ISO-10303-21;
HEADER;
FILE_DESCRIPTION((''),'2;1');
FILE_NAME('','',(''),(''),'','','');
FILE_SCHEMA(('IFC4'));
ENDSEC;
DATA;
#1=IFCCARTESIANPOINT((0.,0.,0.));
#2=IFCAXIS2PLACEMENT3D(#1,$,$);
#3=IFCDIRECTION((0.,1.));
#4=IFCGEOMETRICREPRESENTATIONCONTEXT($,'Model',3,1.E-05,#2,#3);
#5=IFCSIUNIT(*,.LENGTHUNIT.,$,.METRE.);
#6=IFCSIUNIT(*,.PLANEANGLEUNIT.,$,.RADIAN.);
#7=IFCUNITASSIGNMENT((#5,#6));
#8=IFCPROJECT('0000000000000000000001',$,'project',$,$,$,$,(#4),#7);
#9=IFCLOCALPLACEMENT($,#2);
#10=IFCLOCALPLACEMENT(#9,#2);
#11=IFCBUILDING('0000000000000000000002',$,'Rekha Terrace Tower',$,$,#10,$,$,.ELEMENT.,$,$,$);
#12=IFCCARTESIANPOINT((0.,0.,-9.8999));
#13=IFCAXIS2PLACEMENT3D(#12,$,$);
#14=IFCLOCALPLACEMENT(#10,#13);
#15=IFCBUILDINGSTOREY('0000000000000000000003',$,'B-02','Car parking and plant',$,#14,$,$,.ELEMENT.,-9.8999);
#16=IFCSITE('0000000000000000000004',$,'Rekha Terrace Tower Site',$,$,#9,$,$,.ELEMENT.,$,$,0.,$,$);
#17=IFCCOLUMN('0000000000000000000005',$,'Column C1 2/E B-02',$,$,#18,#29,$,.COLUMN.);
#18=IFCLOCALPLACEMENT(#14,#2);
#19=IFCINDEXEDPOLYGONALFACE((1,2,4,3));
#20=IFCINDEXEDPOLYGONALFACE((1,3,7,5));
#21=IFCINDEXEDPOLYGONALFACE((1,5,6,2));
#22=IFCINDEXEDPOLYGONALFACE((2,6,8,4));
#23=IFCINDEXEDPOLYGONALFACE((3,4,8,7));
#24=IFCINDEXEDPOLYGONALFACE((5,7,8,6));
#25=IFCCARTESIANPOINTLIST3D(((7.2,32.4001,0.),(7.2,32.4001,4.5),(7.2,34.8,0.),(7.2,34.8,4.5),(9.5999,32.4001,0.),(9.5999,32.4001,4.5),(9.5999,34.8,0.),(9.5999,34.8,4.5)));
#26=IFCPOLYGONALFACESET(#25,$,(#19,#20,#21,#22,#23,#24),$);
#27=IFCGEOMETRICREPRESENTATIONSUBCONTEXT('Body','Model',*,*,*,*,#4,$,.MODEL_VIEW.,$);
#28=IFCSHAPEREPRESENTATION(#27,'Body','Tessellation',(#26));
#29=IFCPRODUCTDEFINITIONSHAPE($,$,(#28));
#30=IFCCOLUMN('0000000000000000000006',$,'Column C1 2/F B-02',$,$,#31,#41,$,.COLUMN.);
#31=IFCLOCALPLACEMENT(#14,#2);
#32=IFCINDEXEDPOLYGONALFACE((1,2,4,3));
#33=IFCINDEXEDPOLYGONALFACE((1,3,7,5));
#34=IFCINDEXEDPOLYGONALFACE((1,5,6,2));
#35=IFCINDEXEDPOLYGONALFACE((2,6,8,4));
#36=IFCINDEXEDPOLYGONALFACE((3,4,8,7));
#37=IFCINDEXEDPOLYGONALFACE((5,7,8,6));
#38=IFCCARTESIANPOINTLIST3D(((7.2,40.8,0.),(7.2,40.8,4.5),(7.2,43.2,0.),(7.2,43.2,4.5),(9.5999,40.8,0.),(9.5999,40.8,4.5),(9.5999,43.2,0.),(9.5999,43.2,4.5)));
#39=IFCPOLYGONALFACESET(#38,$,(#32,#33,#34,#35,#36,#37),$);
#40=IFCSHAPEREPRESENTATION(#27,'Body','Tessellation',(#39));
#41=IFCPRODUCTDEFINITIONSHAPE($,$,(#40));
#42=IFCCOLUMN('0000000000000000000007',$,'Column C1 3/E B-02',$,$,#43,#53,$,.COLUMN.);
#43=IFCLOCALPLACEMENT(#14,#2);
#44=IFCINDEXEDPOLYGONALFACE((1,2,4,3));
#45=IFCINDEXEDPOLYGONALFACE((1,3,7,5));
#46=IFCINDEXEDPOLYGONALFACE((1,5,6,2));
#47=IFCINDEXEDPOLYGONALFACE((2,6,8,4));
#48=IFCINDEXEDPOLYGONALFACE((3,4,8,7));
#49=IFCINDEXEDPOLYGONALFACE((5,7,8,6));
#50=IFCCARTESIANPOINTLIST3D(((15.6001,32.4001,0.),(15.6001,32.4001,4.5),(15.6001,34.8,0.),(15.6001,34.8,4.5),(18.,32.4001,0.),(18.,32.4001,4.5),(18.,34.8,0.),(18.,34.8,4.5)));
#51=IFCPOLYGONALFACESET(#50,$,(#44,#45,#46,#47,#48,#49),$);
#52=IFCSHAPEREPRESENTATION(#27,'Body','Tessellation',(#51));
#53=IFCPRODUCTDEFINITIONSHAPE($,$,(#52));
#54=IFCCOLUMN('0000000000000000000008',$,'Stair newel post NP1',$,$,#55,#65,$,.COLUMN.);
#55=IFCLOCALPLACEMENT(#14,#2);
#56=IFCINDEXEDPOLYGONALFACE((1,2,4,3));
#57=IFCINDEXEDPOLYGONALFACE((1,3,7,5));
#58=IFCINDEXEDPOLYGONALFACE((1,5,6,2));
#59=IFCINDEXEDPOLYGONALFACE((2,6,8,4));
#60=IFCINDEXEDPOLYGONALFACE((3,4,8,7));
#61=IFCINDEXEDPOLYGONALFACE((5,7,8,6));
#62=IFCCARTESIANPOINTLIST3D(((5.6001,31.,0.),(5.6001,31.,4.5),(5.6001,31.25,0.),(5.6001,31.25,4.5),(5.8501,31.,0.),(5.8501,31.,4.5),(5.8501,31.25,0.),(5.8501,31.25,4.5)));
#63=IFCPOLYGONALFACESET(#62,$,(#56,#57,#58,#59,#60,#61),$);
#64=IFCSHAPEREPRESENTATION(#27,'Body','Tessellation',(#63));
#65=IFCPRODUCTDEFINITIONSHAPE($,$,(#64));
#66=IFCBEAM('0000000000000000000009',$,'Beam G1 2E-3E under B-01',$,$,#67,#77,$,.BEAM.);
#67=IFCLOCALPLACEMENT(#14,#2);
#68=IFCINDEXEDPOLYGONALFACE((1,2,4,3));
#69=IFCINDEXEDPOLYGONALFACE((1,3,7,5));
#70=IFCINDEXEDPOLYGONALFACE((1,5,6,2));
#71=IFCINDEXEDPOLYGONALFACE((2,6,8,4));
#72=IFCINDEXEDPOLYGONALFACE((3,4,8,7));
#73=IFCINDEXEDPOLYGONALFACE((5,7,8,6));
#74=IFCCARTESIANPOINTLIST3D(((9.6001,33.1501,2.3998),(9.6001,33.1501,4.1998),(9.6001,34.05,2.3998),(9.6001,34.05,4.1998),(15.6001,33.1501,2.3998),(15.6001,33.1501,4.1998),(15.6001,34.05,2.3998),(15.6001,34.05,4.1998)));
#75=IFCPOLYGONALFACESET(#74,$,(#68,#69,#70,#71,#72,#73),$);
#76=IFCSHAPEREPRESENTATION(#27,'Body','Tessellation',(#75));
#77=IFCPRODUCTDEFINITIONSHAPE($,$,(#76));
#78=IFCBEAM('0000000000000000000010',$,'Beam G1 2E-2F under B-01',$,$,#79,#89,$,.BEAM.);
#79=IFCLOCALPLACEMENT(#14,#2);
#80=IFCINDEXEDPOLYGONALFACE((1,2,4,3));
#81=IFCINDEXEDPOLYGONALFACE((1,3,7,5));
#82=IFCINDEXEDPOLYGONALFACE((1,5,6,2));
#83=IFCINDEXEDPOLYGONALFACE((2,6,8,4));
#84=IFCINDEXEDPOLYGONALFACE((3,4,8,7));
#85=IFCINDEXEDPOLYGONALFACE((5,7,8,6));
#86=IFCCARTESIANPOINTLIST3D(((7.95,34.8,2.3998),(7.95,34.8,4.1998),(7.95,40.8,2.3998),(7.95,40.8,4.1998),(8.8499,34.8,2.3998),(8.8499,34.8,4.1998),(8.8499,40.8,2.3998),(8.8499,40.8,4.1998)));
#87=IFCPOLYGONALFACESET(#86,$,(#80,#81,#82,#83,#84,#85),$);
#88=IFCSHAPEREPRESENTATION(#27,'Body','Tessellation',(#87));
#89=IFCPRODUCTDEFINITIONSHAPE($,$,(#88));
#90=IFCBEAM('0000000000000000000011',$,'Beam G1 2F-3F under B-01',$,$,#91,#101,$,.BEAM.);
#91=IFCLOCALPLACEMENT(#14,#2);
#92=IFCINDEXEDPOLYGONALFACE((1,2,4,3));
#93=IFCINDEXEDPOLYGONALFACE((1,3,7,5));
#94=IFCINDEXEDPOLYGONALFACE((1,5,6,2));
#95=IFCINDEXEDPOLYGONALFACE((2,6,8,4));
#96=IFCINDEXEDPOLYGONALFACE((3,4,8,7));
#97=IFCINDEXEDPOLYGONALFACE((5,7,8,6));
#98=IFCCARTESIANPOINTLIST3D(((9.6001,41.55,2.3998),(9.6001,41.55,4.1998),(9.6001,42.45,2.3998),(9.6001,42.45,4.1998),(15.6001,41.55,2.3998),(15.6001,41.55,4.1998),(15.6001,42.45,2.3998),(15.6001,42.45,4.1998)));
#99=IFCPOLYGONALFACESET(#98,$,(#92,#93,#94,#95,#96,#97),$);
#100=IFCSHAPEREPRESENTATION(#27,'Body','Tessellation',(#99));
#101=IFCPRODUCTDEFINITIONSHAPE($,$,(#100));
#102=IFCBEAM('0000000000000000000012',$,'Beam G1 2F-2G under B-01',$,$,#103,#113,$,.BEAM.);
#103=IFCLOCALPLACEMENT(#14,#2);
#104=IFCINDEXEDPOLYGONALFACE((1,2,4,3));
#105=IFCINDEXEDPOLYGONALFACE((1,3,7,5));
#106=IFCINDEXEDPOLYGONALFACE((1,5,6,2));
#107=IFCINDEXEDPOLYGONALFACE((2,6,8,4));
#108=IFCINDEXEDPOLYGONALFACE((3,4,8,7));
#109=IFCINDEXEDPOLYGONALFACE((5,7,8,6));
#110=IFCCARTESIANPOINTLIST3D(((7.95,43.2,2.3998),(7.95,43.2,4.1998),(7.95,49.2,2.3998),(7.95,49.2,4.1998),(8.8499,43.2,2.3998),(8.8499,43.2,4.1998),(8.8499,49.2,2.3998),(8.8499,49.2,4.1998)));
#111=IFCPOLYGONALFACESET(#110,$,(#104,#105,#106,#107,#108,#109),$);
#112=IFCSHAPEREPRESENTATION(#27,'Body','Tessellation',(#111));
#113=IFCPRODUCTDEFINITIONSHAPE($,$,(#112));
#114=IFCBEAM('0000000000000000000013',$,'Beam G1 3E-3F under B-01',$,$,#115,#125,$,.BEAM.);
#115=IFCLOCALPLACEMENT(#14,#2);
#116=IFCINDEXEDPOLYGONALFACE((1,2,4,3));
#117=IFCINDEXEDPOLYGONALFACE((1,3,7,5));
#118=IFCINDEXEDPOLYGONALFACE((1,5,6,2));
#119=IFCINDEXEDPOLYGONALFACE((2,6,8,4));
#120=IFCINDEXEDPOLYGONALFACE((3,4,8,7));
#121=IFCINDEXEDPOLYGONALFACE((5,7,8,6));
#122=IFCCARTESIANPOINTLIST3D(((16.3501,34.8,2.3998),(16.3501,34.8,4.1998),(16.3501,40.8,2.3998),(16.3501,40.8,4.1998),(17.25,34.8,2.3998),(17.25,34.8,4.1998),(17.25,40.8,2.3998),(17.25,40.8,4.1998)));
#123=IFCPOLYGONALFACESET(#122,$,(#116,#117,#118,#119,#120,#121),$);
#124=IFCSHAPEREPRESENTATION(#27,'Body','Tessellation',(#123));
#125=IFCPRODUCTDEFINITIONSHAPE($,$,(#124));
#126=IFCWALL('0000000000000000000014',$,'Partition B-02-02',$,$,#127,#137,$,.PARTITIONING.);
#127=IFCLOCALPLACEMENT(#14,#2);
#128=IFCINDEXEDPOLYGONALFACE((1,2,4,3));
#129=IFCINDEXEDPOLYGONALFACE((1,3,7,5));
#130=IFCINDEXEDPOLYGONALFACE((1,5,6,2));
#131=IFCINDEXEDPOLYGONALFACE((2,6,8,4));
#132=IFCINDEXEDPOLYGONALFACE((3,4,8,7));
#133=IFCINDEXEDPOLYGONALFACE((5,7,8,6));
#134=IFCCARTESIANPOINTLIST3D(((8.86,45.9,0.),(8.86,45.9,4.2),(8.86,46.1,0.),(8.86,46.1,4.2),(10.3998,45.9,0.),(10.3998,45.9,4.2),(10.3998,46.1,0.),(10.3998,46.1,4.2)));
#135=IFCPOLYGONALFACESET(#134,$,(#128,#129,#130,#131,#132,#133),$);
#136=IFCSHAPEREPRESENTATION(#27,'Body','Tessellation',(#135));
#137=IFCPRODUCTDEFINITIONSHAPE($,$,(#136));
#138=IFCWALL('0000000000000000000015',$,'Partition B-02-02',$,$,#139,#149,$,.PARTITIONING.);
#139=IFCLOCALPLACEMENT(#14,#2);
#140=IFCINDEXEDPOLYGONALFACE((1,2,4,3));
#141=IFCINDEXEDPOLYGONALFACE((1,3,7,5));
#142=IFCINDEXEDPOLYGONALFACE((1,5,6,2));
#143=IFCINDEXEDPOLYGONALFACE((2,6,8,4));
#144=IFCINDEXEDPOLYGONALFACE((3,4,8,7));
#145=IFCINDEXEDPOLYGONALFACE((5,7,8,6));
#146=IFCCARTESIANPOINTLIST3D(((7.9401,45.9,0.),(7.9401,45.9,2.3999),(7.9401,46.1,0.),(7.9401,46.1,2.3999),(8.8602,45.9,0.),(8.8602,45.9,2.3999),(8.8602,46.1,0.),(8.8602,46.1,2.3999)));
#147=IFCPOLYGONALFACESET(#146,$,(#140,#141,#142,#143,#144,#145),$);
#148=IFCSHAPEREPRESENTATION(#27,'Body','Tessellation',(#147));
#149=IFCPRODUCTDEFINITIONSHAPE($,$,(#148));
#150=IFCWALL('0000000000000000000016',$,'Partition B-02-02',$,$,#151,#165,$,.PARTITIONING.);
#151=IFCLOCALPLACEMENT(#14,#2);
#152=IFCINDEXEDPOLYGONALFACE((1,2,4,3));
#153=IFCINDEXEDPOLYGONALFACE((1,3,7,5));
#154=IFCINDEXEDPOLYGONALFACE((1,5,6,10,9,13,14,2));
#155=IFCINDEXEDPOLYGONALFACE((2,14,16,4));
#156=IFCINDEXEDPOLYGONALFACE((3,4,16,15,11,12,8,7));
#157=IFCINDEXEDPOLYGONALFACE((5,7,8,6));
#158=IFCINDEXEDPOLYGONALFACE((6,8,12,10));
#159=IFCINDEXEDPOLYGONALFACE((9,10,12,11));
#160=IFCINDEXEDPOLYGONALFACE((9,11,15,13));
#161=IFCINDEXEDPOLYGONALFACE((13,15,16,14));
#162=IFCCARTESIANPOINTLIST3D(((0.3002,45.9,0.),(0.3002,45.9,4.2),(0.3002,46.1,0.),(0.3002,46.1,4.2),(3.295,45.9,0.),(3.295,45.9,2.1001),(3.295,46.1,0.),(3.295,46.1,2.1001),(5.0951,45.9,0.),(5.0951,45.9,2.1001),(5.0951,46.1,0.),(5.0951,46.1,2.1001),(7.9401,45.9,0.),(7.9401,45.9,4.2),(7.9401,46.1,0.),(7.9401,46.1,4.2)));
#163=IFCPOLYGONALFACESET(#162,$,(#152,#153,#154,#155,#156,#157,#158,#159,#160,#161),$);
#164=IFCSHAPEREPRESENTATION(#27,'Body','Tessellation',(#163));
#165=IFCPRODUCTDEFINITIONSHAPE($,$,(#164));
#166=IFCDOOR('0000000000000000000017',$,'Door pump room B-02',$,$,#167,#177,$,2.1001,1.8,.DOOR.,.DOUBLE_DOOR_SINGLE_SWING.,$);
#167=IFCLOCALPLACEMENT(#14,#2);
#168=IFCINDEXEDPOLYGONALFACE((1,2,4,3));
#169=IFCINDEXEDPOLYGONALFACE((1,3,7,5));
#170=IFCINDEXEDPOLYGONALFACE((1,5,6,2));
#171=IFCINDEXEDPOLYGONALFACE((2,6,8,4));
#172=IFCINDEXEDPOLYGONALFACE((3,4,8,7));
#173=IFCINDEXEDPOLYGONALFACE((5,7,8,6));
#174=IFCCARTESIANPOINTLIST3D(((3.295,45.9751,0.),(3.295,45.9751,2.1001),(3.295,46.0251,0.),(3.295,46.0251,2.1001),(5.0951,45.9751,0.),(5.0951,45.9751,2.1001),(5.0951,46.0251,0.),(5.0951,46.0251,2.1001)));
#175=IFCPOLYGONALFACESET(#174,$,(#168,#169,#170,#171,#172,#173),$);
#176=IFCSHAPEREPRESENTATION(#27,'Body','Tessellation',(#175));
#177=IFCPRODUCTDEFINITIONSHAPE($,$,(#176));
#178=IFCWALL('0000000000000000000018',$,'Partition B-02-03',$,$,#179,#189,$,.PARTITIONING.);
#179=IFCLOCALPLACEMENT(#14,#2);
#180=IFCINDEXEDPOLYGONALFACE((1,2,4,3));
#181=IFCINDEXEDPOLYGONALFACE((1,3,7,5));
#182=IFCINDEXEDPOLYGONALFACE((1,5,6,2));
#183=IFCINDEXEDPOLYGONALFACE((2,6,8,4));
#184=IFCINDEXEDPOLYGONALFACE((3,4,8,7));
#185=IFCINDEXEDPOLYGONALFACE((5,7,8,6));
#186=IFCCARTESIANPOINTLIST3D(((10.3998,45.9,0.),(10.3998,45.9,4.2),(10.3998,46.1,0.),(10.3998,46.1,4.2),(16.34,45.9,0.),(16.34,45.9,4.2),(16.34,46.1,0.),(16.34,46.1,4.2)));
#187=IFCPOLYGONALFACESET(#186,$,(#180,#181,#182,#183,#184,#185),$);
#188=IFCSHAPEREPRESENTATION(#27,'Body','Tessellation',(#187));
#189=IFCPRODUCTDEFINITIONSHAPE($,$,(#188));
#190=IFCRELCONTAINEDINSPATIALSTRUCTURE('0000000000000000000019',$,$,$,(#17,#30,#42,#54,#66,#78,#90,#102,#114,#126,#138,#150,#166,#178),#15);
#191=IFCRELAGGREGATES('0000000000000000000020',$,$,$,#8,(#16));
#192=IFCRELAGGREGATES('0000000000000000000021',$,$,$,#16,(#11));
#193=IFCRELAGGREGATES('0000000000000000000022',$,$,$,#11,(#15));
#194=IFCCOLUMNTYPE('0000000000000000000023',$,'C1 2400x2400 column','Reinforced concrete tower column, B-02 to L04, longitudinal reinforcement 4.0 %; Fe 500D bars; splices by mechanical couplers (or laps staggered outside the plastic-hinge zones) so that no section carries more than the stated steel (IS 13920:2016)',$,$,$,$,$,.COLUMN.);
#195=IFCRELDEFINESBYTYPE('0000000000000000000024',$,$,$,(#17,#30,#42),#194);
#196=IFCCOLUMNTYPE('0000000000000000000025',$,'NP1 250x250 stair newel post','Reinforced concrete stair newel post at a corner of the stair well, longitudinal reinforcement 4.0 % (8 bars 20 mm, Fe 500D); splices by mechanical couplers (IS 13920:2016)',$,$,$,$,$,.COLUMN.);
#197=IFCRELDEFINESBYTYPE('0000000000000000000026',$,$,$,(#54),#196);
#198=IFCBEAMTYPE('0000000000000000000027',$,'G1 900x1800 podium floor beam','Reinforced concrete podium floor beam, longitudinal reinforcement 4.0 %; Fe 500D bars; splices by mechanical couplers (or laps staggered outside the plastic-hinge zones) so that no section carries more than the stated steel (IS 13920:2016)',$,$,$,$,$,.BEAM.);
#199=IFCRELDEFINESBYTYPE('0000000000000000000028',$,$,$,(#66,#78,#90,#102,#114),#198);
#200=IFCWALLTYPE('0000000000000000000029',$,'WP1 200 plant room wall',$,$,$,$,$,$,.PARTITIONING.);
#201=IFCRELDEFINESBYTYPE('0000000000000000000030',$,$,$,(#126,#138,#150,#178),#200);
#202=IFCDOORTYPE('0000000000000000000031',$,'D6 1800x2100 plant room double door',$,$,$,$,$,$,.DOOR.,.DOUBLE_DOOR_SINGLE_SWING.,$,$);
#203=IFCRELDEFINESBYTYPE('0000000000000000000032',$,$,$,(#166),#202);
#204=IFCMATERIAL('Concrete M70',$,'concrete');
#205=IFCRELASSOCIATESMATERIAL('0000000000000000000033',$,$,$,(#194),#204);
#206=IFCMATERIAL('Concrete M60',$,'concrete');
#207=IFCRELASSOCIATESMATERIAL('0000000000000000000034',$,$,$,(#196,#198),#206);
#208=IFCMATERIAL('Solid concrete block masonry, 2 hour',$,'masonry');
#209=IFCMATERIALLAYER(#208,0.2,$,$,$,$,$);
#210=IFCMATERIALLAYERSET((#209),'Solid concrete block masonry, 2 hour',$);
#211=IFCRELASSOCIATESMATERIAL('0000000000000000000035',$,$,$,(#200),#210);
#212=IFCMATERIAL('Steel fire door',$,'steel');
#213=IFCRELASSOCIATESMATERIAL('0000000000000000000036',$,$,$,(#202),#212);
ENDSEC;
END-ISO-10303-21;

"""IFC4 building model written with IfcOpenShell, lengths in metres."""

from ifc_helpers import new_model, si_unit, direction, frame, frame_2d, origin, origin_2d, place, context, subcontext, project, spatial, rectangle, extrude, material, layer, layer_set, material_profile, profile_set, type_object, element, fill, save


model = new_model("IFC4")

# Units and contexts
model_context = context("Model", 3, precision=1e-05, world=origin(), true_north=direction((0.0, 1.0)))
body_context = subcontext(model_context, "Body", "Model", "MODEL_VIEW")
ifc_project = project(units=[si_unit("LENGTHUNIT", "METRE"), si_unit("PLANEANGLEUNIT", "RADIAN")], contexts=[model_context])

# Site, building, storey
site_placement = place(None, origin())
site = spatial("IfcSite", under=ifc_project, at=site_placement, Name="Rekha Terrace Tower Site", CompositionType="ELEMENT", RefElevation=0.0)
building_placement = place(site_placement, origin())
building = spatial("IfcBuilding", under=site, at=building_placement, Name="Rekha Terrace Tower", CompositionType="ELEMENT")
storey_placement = place(building_placement, frame((0.0, 0.0, -9.8999)))
storey = spatial("IfcBuildingStorey", under=building, at=storey_placement, Name="B-02", Description="Car parking and plant", CompositionType="ELEMENT", Elevation=-9.8999)

# Columns
ifc_material_1 = material(Name="Concrete M70", Category="concrete")
ifc_material_profile_1 = material_profile(ifc_material_1, rectangle(XDim=2.3999, YDim=2.3999, at=origin_2d()), Name="RC 2400x2400")
ifc_profile_set_1 = profile_set([ifc_material_profile_1], Name="Concrete M70")
column_type_1 = type_object("IfcColumnType", Name="C1 2400x2400 column", Description="Reinforced concrete tower column, B-02 to L04, longitudinal reinforcement 4.0 %; Fe 500D bars; splices by mechanical couplers (or laps staggered outside the plastic-hinge zones) so that no section carries more than the stated steel (IS 13920:2016)", PredefinedType="COLUMN", material=ifc_profile_set_1)
for number, where, z_axis, x_axis, name in (
    (1, (8.3999, 33.6001, 0.0), (0.0, 0.0, 1.0), (1.0, 0.0, 0.0), "Column C1 2/E B-02"),
    (2, (8.3999, 42.0, 0.0), (0.0, 0.0, 1.0), (1.0, 0.0, 0.0), "Column C1 2/F B-02"),
    (3, (16.8, 33.6001, 0.0), (0.0, 0.0, 1.0), (1.0, 0.0, 0.0), "Column C1 3/E B-02"),
):
    element("IfcColumn", number, at=place(storey_placement, frame(where, z_axis=z_axis, x_axis=x_axis)), inside=storey, type_object=column_type_1, Name=name, PredefinedType="COLUMN", context=body_context, shape_type="SweptSolid", body=[
        extrude(rectangle(XDim=2.3999, YDim=2.3999, at=origin_2d()), origin(), (0.0, 0.0, 1.0), 4.5),
    ])
ifc_material_2 = material(Name="Concrete M60", Category="concrete")
ifc_material_profile_2 = material_profile(ifc_material_2, rectangle(XDim=0.25, YDim=0.25, at=origin_2d()), Name="RC 250x250")
ifc_profile_set_2 = profile_set([ifc_material_profile_2], Name="Concrete M60")
column_type_2 = type_object("IfcColumnType", Name="NP1 250x250 stair newel post", Description="Reinforced concrete stair newel post at a corner of the stair well, longitudinal reinforcement 4.0 % (8 bars 20 mm, Fe 500D); splices by mechanical couplers (IS 13920:2016)", PredefinedType="COLUMN", material=ifc_profile_set_2)
column_placement = place(storey_placement, frame((5.7251, 31.125, 0.0), z_axis=(0.0, 0.0, 1.0), x_axis=(1.0, 0.0, 0.0)))
element("IfcColumn", 4, at=column_placement, inside=storey, type_object=column_type_2, Name="Stair newel post NP1", PredefinedType="COLUMN", context=body_context, shape_type="SweptSolid", body=[
    extrude(rectangle(XDim=0.25, YDim=0.25, at=origin_2d()), origin(), (0.0, 0.0, 1.0), 4.5),
])

# Beams
ifc_material_profile_3 = material_profile(ifc_material_2, rectangle(XDim=0.8999, YDim=1.8, at=origin_2d()), Name="RC 900x1800")
ifc_profile_set_3 = profile_set([ifc_material_profile_3], Name="Concrete M60")
beam_type = type_object("IfcBeamType", Name="G1 900x1800 podium floor beam", Description="Reinforced concrete podium floor beam, longitudinal reinforcement 4.0 %; Fe 500D bars; splices by mechanical couplers (or laps staggered outside the plastic-hinge zones) so that no section carries more than the stated steel (IS 13920:2016)", PredefinedType="BEAM", material=ifc_profile_set_3)
for number, where, z_axis, x_axis, name in (
    (5, (9.6001, 33.6001, 3.2998), (1.0, 0.0, 0.0), (0.0, 1.0, 0.0), "Beam G1 2E-3E under B-01"),
    (6, (8.3999, 34.8, 3.2998), (0.0, 1.0, 0.0), (-1.0, 0.0, 0.0), "Beam G1 2E-2F under B-01"),
    (7, (9.6001, 42.0, 3.2998), (1.0, 0.0, 0.0), (0.0, 1.0, 0.0), "Beam G1 2F-3F under B-01"),
    (8, (8.3999, 43.2, 3.2998), (0.0, 1.0, 0.0), (-1.0, 0.0, 0.0), "Beam G1 2F-2G under B-01"),
    (9, (16.8, 34.8, 3.2998), (0.0, 1.0, 0.0), (-1.0, 0.0, 0.0), "Beam G1 3E-3F under B-01"),
):
    element("IfcBeam", number, at=place(storey_placement, frame(where, z_axis=z_axis, x_axis=x_axis)), inside=storey, type_object=beam_type, Name=name, PredefinedType="BEAM", context=body_context, shape_type="SweptSolid", body=[
        extrude(rectangle(XDim=0.8999, YDim=1.8, at=origin_2d()), origin(), (0.0, 0.0, 1.0), 6.0),
    ])

# Walls
ifc_material_3 = material(Name="Solid concrete block masonry, 2 hour", Category="masonry")
ifc_layer_1 = layer(ifc_material_3, 0.2)
ifc_layer_set_1 = layer_set([ifc_layer_1], Name="Solid concrete block masonry, 2 hour")
wall_type_1 = type_object("IfcWallType", Name="WP1 200 plant room wall", PredefinedType="PARTITIONING", material=ifc_layer_set_1)
wall_1_placement = place(storey_placement, frame((10.3999, 46.0, 0.0), z_axis=(0.0, 0.0, 1.0), x_axis=(-1.0, 0.0, 0.0)))
element("IfcWall", 10, at=wall_1_placement, inside=storey, type_object=wall_type_1, Name="Partition B-02-02", PredefinedType="PARTITIONING", context=body_context, shape_type="SweptSolid", body=[
    extrude(rectangle(XDim=1.5398, YDim=0.2, at=frame_2d((0.77, 0.0))), origin(), (0.0, 0.0, 1.0), 4.2),
])
wall_2_placement = place(storey_placement, frame((8.8601, 46.0, 0.0), z_axis=(0.0, 0.0, 1.0), x_axis=(-1.0, 0.0, 0.0)))
element("IfcWall", 11, at=wall_2_placement, inside=storey, type_object=wall_type_1, Name="Partition B-02-02", PredefinedType="PARTITIONING", context=body_context, shape_type="SweptSolid", body=[
    extrude(rectangle(XDim=0.9202, YDim=0.2, at=frame_2d((0.46, 0.0))), origin(), (0.0, 0.0, 1.0), 2.3999),
])

# Wall, opening, door
wall_3_placement = place(storey_placement, frame((7.9399, 46.0, 0.0), z_axis=(0.0, 0.0, 1.0), x_axis=(-1.0, 0.0, 0.0)))
wall_3 = element("IfcWall", 12, at=wall_3_placement, inside=storey, type_object=wall_type_1, Name="Partition B-02-02", PredefinedType="PARTITIONING", context=body_context, shape_type="SweptSolid", body=[
    extrude(rectangle(XDim=7.6399, YDim=0.2, at=frame_2d((3.8198, 0.0))), origin(), (0.0, 0.0, 1.0), 4.2),
])
opening_1_placement = place(wall_3_placement, frame((2.845, 0.0, 0.0)))
opening_1 = element("IfcOpeningElement", 13, at=opening_1_placement, cuts=wall_3, PredefinedType="OPENING", context=body_context, shape_type="SweptSolid", body=[
    extrude(rectangle(XDim=1.8, YDim=2.1001, at=frame_2d((0.8999, 1.05))), frame((0.0, 0.1099, 0.0), z_axis=(0.0, -1.0, 0.0), x_axis=(1.0, 0.0, 0.0)), (0.0, 0.0, 1.0), 0.22),
])
ifc_material_4 = material(Name="Steel fire door", Category="steel")
door_type_1 = type_object("IfcDoorType", Name="D6 1800x2100 plant room double door", OperationType="DOUBLE_DOOR_SINGLE_SWING", PredefinedType="DOOR", material=ifc_material_4)
door_1_placement = place(opening_1_placement, origin())
door_1 = element("IfcDoor", 14, at=door_1_placement, inside=storey, type_object=door_type_1, Name="Door pump room B-02", OperationType="DOUBLE_DOOR_SINGLE_SWING", OverallHeight=2.1001, OverallWidth=1.8, PredefinedType="DOOR", context=body_context, shape_type="SweptSolid", body=[
    extrude(rectangle(XDim=1.8, YDim=2.1001, at=frame_2d((0.8999, 1.05))), frame((0.0, 0.0249, 0.0), z_axis=(0.0, -1.0, 0.0), x_axis=(1.0, 0.0, 0.0)), (0.0, 0.0, 1.0), 0.05),
])
fill(opening_1, door_1)

# Wall
wall_4_placement = place(storey_placement, frame((16.3401, 46.0, 0.0), z_axis=(0.0, 0.0, 1.0), x_axis=(-1.0, 0.0, 0.0)))
element("IfcWall", 15, at=wall_4_placement, inside=storey, type_object=wall_type_1, Name="Partition B-02-03", PredefinedType="PARTITIONING", context=body_context, shape_type="SweptSolid", body=[
    extrude(rectangle(XDim=5.9402, YDim=0.2, at=frame_2d((2.9702, 0.0))), origin(), (0.0, 0.0, 1.0), 4.2),
])

save(model, "model.ifc")
